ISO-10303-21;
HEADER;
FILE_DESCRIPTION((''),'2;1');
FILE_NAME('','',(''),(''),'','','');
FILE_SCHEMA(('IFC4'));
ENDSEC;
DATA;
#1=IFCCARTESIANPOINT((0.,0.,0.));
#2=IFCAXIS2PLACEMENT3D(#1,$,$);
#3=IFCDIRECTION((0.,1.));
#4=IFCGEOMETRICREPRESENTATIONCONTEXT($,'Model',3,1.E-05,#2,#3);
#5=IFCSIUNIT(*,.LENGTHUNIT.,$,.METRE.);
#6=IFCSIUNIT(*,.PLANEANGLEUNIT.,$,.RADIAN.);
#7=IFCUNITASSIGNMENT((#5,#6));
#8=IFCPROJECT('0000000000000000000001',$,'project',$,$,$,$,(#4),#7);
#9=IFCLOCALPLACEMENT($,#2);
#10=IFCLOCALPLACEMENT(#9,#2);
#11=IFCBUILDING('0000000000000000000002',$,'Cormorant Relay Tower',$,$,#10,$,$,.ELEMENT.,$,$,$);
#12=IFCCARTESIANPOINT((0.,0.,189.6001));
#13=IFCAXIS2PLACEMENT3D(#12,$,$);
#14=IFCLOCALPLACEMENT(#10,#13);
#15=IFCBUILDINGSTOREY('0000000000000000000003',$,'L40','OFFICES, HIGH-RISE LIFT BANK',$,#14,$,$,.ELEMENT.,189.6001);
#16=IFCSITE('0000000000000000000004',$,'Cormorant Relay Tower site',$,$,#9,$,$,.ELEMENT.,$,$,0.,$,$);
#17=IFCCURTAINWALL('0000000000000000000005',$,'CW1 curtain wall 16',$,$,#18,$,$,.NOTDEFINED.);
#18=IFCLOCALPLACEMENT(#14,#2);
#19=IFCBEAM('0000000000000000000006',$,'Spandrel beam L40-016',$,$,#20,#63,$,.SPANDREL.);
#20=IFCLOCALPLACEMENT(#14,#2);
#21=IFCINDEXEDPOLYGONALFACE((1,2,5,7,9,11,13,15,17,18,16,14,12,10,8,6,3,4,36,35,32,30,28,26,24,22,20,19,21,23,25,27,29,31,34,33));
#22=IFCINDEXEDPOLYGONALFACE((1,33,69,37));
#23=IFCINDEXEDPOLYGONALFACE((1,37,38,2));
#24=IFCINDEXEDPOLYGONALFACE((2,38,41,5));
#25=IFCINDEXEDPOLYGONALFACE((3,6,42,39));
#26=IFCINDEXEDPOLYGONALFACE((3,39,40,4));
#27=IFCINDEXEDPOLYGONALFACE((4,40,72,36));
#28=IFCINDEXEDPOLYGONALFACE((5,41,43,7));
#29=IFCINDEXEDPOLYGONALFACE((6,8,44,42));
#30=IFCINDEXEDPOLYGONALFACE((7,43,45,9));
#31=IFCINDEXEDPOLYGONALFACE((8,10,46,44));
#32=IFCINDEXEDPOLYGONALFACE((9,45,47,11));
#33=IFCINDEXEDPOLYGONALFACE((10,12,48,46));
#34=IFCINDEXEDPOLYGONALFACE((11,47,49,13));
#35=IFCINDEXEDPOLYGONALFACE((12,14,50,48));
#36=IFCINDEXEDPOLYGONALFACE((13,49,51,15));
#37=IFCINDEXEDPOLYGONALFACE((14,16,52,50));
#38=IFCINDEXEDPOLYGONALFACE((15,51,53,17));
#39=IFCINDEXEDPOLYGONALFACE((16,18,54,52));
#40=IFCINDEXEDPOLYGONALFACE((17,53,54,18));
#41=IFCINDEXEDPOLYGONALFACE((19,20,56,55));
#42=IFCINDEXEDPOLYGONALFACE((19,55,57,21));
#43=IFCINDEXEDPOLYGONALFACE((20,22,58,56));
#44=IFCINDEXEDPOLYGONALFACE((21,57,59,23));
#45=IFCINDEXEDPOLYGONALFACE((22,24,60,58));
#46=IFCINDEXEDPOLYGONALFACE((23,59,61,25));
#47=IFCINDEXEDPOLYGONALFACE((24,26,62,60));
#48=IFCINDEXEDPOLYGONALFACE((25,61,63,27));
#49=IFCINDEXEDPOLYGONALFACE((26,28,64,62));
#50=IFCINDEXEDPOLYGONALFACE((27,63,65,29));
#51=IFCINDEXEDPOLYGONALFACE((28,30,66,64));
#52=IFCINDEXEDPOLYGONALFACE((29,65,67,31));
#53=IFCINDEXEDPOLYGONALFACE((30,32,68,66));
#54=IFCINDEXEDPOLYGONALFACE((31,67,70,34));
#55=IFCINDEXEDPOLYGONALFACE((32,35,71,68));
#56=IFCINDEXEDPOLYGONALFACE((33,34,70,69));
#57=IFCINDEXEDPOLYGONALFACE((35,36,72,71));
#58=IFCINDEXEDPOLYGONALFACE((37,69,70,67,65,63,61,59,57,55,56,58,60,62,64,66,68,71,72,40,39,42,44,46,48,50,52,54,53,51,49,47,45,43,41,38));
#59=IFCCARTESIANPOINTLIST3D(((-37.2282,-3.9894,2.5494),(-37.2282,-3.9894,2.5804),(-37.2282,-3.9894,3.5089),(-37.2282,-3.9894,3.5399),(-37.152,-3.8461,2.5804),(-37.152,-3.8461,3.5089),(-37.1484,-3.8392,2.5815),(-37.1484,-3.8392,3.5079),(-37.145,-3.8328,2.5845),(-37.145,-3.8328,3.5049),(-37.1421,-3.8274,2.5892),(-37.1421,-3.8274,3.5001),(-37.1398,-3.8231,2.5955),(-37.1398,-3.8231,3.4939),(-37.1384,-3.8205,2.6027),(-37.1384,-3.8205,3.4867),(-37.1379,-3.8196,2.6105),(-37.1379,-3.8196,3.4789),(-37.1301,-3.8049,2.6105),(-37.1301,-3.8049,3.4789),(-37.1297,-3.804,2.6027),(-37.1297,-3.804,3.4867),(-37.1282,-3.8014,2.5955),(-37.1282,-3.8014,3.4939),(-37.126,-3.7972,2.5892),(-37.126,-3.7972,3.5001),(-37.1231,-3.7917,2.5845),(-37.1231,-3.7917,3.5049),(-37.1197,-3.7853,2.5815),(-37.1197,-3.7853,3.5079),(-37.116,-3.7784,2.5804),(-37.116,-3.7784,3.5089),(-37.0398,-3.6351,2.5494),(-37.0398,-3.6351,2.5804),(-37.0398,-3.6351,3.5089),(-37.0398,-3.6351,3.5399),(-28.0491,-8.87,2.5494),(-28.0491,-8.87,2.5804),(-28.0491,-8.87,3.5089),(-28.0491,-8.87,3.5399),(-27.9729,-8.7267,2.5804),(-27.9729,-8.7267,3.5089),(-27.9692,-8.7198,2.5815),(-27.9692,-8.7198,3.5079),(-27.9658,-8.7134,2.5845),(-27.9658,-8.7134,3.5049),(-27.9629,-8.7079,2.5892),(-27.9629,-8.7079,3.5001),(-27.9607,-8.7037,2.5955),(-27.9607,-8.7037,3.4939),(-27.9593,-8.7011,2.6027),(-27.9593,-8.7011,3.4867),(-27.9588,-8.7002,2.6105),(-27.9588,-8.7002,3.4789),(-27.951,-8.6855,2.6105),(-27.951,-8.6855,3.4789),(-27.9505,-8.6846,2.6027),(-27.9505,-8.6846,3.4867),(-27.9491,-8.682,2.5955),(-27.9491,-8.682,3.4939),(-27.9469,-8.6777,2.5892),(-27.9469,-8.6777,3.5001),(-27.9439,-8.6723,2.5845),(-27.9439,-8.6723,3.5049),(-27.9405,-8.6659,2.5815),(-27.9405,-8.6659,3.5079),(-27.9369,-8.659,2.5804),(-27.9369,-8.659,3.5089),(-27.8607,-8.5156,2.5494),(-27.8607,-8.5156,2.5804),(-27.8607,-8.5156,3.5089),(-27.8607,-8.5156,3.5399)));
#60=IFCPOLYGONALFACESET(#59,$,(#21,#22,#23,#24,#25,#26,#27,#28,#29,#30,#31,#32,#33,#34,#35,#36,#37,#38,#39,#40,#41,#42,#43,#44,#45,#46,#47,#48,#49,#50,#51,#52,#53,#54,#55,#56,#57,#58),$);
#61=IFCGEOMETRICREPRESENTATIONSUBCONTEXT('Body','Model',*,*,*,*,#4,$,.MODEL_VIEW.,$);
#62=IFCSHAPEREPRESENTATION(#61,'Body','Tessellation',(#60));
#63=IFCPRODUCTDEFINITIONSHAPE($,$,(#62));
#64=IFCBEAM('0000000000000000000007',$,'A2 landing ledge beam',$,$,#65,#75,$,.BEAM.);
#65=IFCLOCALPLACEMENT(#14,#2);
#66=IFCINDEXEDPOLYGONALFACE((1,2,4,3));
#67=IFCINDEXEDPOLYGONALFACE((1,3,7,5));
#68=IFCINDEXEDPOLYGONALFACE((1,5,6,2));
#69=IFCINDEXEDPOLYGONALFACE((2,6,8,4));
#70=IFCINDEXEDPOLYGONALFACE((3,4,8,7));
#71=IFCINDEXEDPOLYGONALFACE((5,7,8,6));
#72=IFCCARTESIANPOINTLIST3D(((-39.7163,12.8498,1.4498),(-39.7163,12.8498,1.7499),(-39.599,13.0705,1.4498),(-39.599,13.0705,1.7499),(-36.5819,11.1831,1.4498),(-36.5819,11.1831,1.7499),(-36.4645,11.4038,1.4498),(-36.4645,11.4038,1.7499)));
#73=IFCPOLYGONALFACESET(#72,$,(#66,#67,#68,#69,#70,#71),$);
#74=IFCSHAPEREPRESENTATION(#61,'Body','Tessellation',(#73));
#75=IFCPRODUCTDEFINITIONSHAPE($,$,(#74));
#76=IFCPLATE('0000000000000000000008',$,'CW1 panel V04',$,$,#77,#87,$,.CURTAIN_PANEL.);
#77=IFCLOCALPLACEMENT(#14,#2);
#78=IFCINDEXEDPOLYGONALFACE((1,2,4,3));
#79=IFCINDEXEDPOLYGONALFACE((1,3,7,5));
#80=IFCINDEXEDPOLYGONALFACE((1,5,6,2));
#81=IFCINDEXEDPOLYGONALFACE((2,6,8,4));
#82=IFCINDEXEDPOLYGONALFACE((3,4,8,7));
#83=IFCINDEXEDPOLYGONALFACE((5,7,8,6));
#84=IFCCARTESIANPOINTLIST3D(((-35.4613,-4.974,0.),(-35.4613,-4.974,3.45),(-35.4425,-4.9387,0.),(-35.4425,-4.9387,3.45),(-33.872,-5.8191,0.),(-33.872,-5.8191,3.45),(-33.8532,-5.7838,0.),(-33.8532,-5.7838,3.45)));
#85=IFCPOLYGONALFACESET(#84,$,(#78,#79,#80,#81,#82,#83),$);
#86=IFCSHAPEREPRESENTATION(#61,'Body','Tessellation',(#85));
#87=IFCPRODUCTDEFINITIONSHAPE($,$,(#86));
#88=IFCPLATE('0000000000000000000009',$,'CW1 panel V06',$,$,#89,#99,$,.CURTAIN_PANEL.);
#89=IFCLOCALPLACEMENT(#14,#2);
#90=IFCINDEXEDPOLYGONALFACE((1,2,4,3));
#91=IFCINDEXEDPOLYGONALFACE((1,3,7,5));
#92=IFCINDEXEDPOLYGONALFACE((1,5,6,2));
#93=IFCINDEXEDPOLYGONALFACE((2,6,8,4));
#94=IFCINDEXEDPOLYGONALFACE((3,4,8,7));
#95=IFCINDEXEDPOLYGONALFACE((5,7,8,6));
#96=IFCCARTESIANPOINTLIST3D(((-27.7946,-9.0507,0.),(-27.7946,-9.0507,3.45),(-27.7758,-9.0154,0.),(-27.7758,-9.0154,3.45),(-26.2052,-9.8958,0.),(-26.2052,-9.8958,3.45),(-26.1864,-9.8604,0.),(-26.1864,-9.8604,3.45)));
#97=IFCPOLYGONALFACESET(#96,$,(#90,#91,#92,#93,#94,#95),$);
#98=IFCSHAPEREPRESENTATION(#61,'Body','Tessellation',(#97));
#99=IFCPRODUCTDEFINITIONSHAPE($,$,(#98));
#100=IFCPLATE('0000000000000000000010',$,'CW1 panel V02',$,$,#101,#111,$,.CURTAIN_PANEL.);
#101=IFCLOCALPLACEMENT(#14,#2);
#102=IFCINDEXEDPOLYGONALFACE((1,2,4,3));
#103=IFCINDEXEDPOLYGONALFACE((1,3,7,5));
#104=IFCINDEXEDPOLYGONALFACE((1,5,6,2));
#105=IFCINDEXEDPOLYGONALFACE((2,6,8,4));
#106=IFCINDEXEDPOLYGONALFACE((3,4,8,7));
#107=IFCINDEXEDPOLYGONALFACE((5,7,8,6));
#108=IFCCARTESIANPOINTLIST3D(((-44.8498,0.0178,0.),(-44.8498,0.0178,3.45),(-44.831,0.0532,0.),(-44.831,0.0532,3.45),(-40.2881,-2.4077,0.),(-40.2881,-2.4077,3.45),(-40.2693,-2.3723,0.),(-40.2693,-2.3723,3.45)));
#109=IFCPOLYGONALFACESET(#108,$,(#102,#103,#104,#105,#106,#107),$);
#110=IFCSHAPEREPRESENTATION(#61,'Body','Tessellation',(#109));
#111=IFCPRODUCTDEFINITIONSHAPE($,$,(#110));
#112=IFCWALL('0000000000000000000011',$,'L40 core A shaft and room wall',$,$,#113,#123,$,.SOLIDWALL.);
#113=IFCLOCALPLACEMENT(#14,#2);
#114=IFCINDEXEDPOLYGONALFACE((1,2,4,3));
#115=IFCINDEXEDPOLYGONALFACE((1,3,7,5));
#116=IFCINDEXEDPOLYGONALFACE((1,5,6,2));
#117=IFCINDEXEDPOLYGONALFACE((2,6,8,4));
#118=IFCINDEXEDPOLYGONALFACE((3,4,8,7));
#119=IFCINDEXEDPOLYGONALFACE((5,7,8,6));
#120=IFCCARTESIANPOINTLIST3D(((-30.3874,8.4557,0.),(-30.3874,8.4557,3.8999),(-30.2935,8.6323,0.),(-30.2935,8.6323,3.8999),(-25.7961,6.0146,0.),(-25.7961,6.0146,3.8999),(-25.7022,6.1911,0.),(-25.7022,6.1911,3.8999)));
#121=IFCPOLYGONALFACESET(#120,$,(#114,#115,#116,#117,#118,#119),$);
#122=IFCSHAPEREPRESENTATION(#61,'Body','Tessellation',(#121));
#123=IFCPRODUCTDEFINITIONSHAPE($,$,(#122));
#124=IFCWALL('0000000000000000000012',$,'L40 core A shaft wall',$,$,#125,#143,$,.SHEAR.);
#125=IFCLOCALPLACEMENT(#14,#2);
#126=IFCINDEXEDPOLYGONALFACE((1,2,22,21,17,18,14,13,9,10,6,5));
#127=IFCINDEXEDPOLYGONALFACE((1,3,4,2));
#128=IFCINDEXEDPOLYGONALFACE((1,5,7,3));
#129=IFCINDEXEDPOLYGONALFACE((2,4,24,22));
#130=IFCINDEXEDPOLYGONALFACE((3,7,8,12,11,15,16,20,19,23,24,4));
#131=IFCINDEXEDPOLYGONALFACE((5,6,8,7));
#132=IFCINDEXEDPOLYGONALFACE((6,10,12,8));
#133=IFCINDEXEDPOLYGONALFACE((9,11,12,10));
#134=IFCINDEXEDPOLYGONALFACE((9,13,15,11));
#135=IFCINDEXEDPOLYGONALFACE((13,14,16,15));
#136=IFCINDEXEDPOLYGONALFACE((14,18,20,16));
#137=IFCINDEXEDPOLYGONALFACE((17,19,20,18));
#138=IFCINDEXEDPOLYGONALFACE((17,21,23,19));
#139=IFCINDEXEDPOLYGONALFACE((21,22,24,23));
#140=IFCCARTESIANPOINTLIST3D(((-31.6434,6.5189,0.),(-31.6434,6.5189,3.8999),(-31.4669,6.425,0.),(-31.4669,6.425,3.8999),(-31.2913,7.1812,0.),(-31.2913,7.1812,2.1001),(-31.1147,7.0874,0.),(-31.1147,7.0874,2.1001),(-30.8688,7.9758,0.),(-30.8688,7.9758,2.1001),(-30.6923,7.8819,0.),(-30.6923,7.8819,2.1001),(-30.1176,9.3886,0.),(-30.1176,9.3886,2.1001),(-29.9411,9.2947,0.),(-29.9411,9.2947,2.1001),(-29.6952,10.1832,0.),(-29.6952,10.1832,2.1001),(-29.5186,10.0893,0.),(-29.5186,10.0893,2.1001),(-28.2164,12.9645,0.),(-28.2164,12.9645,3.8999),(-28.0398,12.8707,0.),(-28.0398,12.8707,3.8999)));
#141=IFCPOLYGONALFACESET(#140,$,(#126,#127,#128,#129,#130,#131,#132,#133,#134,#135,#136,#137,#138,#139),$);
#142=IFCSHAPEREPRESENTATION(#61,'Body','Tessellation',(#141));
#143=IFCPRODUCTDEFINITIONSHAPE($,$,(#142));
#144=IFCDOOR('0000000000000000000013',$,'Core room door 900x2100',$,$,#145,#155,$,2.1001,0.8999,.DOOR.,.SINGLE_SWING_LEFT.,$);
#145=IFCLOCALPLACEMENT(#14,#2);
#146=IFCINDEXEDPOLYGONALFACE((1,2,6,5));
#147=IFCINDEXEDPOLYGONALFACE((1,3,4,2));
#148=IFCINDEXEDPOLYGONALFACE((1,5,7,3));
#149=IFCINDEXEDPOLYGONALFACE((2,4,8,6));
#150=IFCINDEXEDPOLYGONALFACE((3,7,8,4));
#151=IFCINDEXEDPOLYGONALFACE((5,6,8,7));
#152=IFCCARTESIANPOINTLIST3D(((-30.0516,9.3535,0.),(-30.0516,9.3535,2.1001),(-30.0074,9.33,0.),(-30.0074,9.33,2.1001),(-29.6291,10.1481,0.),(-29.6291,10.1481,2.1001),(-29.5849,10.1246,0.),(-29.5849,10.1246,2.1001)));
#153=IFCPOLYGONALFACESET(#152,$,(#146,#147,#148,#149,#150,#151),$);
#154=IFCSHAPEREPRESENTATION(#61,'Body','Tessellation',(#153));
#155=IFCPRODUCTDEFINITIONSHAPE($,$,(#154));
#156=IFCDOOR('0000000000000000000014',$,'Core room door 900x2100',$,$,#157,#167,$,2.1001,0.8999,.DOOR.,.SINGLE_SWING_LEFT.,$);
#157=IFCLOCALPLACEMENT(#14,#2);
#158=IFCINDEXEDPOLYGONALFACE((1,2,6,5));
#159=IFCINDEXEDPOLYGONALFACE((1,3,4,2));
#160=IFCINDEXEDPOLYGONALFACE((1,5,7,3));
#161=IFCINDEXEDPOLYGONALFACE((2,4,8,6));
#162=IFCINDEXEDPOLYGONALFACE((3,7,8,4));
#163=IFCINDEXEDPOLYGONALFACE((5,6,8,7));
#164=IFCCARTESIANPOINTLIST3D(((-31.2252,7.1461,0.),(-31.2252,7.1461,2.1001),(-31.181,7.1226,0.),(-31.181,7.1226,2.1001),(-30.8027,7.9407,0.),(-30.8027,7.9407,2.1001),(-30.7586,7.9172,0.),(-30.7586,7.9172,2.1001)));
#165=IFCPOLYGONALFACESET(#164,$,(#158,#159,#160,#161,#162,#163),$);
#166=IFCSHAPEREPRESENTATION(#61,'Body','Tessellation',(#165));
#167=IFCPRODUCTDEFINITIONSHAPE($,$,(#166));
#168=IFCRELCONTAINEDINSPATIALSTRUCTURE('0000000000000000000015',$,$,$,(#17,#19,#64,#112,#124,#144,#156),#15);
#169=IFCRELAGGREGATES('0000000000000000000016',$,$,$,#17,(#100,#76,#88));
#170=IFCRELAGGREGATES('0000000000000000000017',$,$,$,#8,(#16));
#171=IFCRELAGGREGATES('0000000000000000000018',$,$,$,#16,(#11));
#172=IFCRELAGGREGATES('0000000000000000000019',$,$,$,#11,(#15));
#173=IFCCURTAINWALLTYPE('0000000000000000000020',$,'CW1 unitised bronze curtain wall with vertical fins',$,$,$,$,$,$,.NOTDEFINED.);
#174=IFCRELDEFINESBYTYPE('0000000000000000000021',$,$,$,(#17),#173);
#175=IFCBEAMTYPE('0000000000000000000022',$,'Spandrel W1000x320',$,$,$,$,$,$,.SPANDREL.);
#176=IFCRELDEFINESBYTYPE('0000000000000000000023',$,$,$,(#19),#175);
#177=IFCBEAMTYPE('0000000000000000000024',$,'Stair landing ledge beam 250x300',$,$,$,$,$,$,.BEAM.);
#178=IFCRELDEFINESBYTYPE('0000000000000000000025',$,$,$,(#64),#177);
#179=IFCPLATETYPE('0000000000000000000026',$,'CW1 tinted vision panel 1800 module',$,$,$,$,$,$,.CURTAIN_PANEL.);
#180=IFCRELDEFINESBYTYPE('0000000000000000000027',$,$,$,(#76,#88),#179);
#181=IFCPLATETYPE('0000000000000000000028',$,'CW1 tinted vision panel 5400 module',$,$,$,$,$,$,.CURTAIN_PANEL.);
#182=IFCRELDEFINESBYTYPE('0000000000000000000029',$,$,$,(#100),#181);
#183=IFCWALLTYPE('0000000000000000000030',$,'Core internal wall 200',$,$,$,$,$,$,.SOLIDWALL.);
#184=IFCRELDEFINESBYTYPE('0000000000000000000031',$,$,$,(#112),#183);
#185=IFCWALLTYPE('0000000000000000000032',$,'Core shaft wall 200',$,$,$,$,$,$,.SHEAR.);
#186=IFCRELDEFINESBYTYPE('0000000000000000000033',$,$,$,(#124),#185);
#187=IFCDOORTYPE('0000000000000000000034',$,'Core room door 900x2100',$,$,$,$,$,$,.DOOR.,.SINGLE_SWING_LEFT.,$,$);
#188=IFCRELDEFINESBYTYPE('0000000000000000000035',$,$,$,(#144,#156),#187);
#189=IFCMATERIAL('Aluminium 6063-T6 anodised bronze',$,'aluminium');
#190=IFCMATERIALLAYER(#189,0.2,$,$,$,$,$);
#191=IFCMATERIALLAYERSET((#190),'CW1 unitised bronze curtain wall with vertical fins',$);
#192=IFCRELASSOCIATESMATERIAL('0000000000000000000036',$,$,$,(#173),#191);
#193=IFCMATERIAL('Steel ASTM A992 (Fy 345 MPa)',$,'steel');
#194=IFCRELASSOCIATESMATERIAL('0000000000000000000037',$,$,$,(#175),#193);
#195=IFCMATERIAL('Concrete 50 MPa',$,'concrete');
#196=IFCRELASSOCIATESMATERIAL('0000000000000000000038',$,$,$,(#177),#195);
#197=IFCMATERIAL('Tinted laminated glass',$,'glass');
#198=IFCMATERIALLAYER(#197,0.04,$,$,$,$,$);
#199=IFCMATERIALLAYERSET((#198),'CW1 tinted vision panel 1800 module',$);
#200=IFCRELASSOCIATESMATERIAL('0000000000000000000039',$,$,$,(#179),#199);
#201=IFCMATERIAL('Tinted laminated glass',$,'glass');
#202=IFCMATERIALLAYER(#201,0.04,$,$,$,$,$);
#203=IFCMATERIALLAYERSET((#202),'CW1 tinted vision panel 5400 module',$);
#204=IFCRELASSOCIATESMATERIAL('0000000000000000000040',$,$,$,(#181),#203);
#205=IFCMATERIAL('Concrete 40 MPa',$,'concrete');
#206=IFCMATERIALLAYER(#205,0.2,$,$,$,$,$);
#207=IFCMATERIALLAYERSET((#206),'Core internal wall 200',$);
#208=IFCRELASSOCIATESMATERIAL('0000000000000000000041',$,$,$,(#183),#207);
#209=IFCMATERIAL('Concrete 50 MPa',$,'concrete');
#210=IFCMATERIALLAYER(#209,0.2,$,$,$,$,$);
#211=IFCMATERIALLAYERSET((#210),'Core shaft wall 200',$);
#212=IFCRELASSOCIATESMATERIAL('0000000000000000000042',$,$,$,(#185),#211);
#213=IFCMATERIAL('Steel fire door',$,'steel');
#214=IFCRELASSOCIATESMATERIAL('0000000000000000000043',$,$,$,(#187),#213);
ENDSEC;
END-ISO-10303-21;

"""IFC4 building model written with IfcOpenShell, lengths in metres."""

from ifc_helpers import new_model, si_unit, direction, frame, frame_2d, origin, origin_2d, place, context, subcontext, project, spatial, rectangle, i_section, extrude, material, layer, layer_set, material_profile, profile_set, type_object, element, fill, aggregate, save


model = new_model("IFC4")

# Units and contexts
model_context = context("Model", 3, precision=1e-05, world=origin(), true_north=direction((0.0, 1.0)))
body_context = subcontext(model_context, "Body", "Model", "MODEL_VIEW")
ifc_project = project(units=[si_unit("LENGTHUNIT", "METRE"), si_unit("PLANEANGLEUNIT", "RADIAN")], contexts=[model_context])

# Site, building, storey
site_placement = place(None, origin())
site = spatial("IfcSite", under=ifc_project, at=site_placement, Name="Cormorant Relay Tower site", CompositionType="ELEMENT", RefElevation=0.0)
building_placement = place(site_placement, origin())
building = spatial("IfcBuilding", under=site, at=building_placement, Name="Cormorant Relay Tower", CompositionType="ELEMENT")
storey_placement = place(building_placement, frame((0.0, 0.0, 189.6001)))
storey = spatial("IfcBuildingStorey", under=building, at=storey_placement, Name="L40", Description="OFFICES, HIGH-RISE LIFT BANK", CompositionType="ELEMENT", Elevation=189.6001)

# Curtain wall
ifc_material_1 = material(Name="Aluminium 6063-T6 anodised bronze", Category="aluminium")
ifc_layer_1 = layer(ifc_material_1, 0.2)
ifc_layer_set_1 = layer_set([ifc_layer_1], Name="CW1 unitised bronze curtain wall with vertical fins")
curtain_wall_type = type_object("IfcCurtainWallType", Name="CW1 unitised bronze curtain wall with vertical fins", PredefinedType="NOTDEFINED", material=ifc_layer_set_1)
curtain_wall_placement = place(storey_placement, origin())
curtain_wall = element("IfcCurtainWall", 1, at=curtain_wall_placement, inside=storey, type_object=curtain_wall_type, Name="CW1 curtain wall 16", PredefinedType="NOTDEFINED")

# Beams
ifc_material_2 = material(Name="Steel ASTM A992 (Fy 345 MPa)", Category="steel")
ifc_material_profile_1 = material_profile(ifc_material_2, i_section(OverallWidth=0.4014, OverallDepth=0.9905, WebThickness=0.0166, FlangeThickness=0.031, FilletRadius=0.03, at=origin_2d()), Name="W1000x320")
ifc_profile_set_1 = profile_set([ifc_material_profile_1], Name="Steel ASTM A992 (Fy 345 MPa)")
beam_type_1 = type_object("IfcBeamType", Name="Spandrel W1000x320", PredefinedType="SPANDREL", material=ifc_profile_set_1)
beam_1_placement = place(storey_placement, frame((-37.134, -3.8123, 3.0447), z_axis=(0.88295, -0.469468, 0.0), x_axis=(0.469468, 0.88295, 0.0)))
element("IfcBeam", 2, at=beam_1_placement, inside=storey, type_object=beam_type_1, Name="Spandrel beam L40-016", PredefinedType="SPANDREL", context=body_context, shape_type="SweptSolid", body=[
    extrude(i_section(OverallWidth=0.4014, OverallDepth=0.9905, WebThickness=0.0166, FlangeThickness=0.031, FilletRadius=0.03, at=origin_2d()), origin(), (0.0, 0.0, 1.0), 10.396),
])
ifc_material_3 = material(Name="Concrete 50 MPa", Category="concrete")
ifc_material_profile_2 = material_profile(ifc_material_3, rectangle(XDim=0.25, YDim=0.3, at=origin_2d()), Name="RC 250x300")
ifc_profile_set_2 = profile_set([ifc_material_profile_2], Name="Concrete 50 MPa")
beam_type_2 = type_object("IfcBeamType", Name="Stair landing ledge beam 250x300", PredefinedType="BEAM", material=ifc_profile_set_2)
beam_2_placement = place(storey_placement, frame((-36.5232, 11.2935, 1.5999), z_axis=(-0.882937, 0.469492, 0.0), x_axis=(-0.469492, -0.882937, 0.0)))
element("IfcBeam", 3, at=beam_2_placement, inside=storey, type_object=beam_type_2, Name="A2 landing ledge beam", PredefinedType="BEAM", context=body_context, shape_type="SweptSolid", body=[
    extrude(rectangle(XDim=0.25, YDim=0.3, at=origin_2d()), origin(), (0.0, 0.0, 1.0), 3.55),
])

# Plates
ifc_material_4 = material(Name="Tinted laminated glass", Category="glass")
ifc_layer_2 = layer(ifc_material_4, 0.04)
ifc_layer_set_2 = layer_set([ifc_layer_2], Name="CW1 tinted vision panel 1800 module")
plate_type_1 = type_object("IfcPlateType", Name="CW1 tinted vision panel 1800 module", PredefinedType="CURTAIN_PANEL", material=ifc_layer_set_2)
plate_1_placement = place(storey_placement, frame((-34.6572, -5.3789, 0.0), z_axis=(0.0, 0.0, 1.0), x_axis=(0.882948, -0.469472, 0.0)))
plate_1 = element("IfcPlate", 4, at=plate_1_placement, type_object=plate_type_1, Name="CW1 panel V04", PredefinedType="CURTAIN_PANEL", context=body_context, shape_type="SweptSolid", body=[
    extrude(rectangle(XDim=1.8, YDim=0.04, at=origin_2d()), origin(), (0.0, 0.0, 1.0), 3.45),
])
plate_2_placement = place(storey_placement, frame((-26.9905, -9.4556, 0.0), z_axis=(0.0, 0.0, 1.0), x_axis=(0.882948, -0.469472, 0.0)))
plate_2 = element("IfcPlate", 5, at=plate_2_placement, type_object=plate_type_1, Name="CW1 panel V06", PredefinedType="CURTAIN_PANEL", context=body_context, shape_type="SweptSolid", body=[
    extrude(rectangle(XDim=1.8, YDim=0.04, at=origin_2d()), origin(), (0.0, 0.0, 1.0), 3.45),
])
ifc_material_5 = material(Name="Tinted laminated glass", Category="glass")
ifc_layer_3 = layer(ifc_material_5, 0.04)
ifc_layer_set_3 = layer_set([ifc_layer_3], Name="CW1 tinted vision panel 5400 module")
plate_type_2 = type_object("IfcPlateType", Name="CW1 tinted vision panel 5400 module", PredefinedType="CURTAIN_PANEL", material=ifc_layer_set_3)
plate_3_placement = place(storey_placement, frame((-42.5596, -1.1772, 0.0), z_axis=(0.0, 0.0, 1.0), x_axis=(0.882948, -0.469472, 0.0)))
plate_3 = element("IfcPlate", 6, at=plate_3_placement, type_object=plate_type_2, Name="CW1 panel V02", PredefinedType="CURTAIN_PANEL", context=body_context, shape_type="SweptSolid", body=[
    extrude(rectangle(XDim=5.1665, YDim=0.04, at=origin_2d()), origin(), (0.0, 0.0, 1.0), 3.45),
])

# Wall
ifc_material_6 = material(Name="Concrete 40 MPa", Category="concrete")
ifc_layer_4 = layer(ifc_material_6, 0.2)
ifc_layer_set_4 = layer_set([ifc_layer_4], Name="Core internal wall 200")
wall_type_1 = type_object("IfcWallType", Name="Core internal wall 200", PredefinedType="SOLIDWALL", material=ifc_layer_set_4)
wall_1_placement = place(storey_placement, frame((-25.749, 6.1028, 0.0), z_axis=(0.0, 0.0, 1.0), x_axis=(-0.882954, 0.46946, 0.0)))
element("IfcWall", 7, at=wall_1_placement, inside=storey, type_object=wall_type_1, Name="L40 core A shaft and room wall", PredefinedType="SOLIDWALL", context=body_context, shape_type="SweptSolid", body=[
    extrude(rectangle(XDim=5.2, YDim=0.2, at=frame_2d((2.6001, 0.0))), origin(), (0.0, 0.0, 1.0), 3.8999),
])

# Wall, openings, doors
ifc_material_7 = material(Name="Concrete 50 MPa", Category="concrete")
ifc_layer_5 = layer(ifc_material_7, 0.2)
ifc_layer_set_5 = layer_set([ifc_layer_5], Name="Core shaft wall 200")
wall_type_2 = type_object("IfcWallType", Name="Core shaft wall 200", PredefinedType="SHEAR", material=ifc_layer_set_5)
wall_2_placement = place(storey_placement, frame((-28.1282, 12.9175, 0.0), z_axis=(0.0, 0.0, 1.0), x_axis=(-0.469454, -0.882957, 0.0)))
wall_2 = element("IfcWall", 8, at=wall_2_placement, inside=storey, type_object=wall_type_2, Name="L40 core A shaft wall", PredefinedType="SHEAR", context=body_context, shape_type="SweptSolid", body=[
    extrude(rectangle(XDim=7.3, YDim=0.2, at=frame_2d((3.6499, 0.0))), origin(), (0.0, 0.0, 1.0), 3.8999),
])
opening_1_placement = place(wall_2_placement, frame((3.1499, 0.0, 0.0)))
opening_1 = element("IfcOpeningElement", 9, at=opening_1_placement, cuts=wall_2, PredefinedType="OPENING", context=body_context, shape_type="SweptSolid", body=[
    extrude(rectangle(XDim=0.8999, YDim=2.1001, at=frame_2d((0.45, 1.05))), frame((0.0, 0.1099, 0.0), z_axis=(0.0, -1.0, 0.0), x_axis=(1.0, 0.0, 0.0)), (0.0, 0.0, 1.0), 0.22),
])
opening_2_placement = place(wall_2_placement, frame((5.6499, 0.0, 0.0)))
opening_2 = element("IfcOpeningElement", 10, at=opening_2_placement, cuts=wall_2, PredefinedType="OPENING", context=body_context, shape_type="SweptSolid", body=[
    extrude(rectangle(XDim=0.8999, YDim=2.1001, at=frame_2d((0.45, 1.05))), frame((0.0, 0.1099, 0.0), z_axis=(0.0, -1.0, 0.0), x_axis=(1.0, 0.0, 0.0)), (0.0, 0.0, 1.0), 0.22),
])
ifc_material_8 = material(Name="Steel fire door", Category="steel")
door_type = type_object("IfcDoorType", Name="Core room door 900x2100", OperationType="SINGLE_SWING_LEFT", PredefinedType="DOOR", material=ifc_material_8)
door_1_placement = place(opening_1_placement, origin())
door_1 = element("IfcDoor", 11, at=door_1_placement, inside=storey, type_object=door_type, Name="Core room door 900x2100", OperationType="SINGLE_SWING_LEFT", OverallHeight=2.1001, OverallWidth=0.8999, PredefinedType="DOOR", context=body_context, shape_type="SweptSolid", body=[
    extrude(rectangle(XDim=0.8999, YDim=2.1001, at=frame_2d((0.45, 1.05))), frame((0.0, 0.0249, 0.0), z_axis=(0.0, -1.0, 0.0), x_axis=(1.0, 0.0, 0.0)), (0.0, 0.0, 1.0), 0.05),
])
fill(opening_1, door_1)
door_2_placement = place(opening_2_placement, origin())
door_2 = element("IfcDoor", 12, at=door_2_placement, inside=storey, type_object=door_type, Name="Core room door 900x2100", OperationType="SINGLE_SWING_LEFT", OverallHeight=2.1001, OverallWidth=0.8999, PredefinedType="DOOR", context=body_context, shape_type="SweptSolid", body=[
    extrude(rectangle(XDim=0.8999, YDim=2.1001, at=frame_2d((0.45, 1.05))), frame((0.0, 0.0249, 0.0), z_axis=(0.0, -1.0, 0.0), x_axis=(1.0, 0.0, 0.0)), (0.0, 0.0, 1.0), 0.05),
])
fill(opening_2, door_2)

aggregate(curtain_wall, [plate_3, plate_1, plate_2])

save(model, "model.ifc")
